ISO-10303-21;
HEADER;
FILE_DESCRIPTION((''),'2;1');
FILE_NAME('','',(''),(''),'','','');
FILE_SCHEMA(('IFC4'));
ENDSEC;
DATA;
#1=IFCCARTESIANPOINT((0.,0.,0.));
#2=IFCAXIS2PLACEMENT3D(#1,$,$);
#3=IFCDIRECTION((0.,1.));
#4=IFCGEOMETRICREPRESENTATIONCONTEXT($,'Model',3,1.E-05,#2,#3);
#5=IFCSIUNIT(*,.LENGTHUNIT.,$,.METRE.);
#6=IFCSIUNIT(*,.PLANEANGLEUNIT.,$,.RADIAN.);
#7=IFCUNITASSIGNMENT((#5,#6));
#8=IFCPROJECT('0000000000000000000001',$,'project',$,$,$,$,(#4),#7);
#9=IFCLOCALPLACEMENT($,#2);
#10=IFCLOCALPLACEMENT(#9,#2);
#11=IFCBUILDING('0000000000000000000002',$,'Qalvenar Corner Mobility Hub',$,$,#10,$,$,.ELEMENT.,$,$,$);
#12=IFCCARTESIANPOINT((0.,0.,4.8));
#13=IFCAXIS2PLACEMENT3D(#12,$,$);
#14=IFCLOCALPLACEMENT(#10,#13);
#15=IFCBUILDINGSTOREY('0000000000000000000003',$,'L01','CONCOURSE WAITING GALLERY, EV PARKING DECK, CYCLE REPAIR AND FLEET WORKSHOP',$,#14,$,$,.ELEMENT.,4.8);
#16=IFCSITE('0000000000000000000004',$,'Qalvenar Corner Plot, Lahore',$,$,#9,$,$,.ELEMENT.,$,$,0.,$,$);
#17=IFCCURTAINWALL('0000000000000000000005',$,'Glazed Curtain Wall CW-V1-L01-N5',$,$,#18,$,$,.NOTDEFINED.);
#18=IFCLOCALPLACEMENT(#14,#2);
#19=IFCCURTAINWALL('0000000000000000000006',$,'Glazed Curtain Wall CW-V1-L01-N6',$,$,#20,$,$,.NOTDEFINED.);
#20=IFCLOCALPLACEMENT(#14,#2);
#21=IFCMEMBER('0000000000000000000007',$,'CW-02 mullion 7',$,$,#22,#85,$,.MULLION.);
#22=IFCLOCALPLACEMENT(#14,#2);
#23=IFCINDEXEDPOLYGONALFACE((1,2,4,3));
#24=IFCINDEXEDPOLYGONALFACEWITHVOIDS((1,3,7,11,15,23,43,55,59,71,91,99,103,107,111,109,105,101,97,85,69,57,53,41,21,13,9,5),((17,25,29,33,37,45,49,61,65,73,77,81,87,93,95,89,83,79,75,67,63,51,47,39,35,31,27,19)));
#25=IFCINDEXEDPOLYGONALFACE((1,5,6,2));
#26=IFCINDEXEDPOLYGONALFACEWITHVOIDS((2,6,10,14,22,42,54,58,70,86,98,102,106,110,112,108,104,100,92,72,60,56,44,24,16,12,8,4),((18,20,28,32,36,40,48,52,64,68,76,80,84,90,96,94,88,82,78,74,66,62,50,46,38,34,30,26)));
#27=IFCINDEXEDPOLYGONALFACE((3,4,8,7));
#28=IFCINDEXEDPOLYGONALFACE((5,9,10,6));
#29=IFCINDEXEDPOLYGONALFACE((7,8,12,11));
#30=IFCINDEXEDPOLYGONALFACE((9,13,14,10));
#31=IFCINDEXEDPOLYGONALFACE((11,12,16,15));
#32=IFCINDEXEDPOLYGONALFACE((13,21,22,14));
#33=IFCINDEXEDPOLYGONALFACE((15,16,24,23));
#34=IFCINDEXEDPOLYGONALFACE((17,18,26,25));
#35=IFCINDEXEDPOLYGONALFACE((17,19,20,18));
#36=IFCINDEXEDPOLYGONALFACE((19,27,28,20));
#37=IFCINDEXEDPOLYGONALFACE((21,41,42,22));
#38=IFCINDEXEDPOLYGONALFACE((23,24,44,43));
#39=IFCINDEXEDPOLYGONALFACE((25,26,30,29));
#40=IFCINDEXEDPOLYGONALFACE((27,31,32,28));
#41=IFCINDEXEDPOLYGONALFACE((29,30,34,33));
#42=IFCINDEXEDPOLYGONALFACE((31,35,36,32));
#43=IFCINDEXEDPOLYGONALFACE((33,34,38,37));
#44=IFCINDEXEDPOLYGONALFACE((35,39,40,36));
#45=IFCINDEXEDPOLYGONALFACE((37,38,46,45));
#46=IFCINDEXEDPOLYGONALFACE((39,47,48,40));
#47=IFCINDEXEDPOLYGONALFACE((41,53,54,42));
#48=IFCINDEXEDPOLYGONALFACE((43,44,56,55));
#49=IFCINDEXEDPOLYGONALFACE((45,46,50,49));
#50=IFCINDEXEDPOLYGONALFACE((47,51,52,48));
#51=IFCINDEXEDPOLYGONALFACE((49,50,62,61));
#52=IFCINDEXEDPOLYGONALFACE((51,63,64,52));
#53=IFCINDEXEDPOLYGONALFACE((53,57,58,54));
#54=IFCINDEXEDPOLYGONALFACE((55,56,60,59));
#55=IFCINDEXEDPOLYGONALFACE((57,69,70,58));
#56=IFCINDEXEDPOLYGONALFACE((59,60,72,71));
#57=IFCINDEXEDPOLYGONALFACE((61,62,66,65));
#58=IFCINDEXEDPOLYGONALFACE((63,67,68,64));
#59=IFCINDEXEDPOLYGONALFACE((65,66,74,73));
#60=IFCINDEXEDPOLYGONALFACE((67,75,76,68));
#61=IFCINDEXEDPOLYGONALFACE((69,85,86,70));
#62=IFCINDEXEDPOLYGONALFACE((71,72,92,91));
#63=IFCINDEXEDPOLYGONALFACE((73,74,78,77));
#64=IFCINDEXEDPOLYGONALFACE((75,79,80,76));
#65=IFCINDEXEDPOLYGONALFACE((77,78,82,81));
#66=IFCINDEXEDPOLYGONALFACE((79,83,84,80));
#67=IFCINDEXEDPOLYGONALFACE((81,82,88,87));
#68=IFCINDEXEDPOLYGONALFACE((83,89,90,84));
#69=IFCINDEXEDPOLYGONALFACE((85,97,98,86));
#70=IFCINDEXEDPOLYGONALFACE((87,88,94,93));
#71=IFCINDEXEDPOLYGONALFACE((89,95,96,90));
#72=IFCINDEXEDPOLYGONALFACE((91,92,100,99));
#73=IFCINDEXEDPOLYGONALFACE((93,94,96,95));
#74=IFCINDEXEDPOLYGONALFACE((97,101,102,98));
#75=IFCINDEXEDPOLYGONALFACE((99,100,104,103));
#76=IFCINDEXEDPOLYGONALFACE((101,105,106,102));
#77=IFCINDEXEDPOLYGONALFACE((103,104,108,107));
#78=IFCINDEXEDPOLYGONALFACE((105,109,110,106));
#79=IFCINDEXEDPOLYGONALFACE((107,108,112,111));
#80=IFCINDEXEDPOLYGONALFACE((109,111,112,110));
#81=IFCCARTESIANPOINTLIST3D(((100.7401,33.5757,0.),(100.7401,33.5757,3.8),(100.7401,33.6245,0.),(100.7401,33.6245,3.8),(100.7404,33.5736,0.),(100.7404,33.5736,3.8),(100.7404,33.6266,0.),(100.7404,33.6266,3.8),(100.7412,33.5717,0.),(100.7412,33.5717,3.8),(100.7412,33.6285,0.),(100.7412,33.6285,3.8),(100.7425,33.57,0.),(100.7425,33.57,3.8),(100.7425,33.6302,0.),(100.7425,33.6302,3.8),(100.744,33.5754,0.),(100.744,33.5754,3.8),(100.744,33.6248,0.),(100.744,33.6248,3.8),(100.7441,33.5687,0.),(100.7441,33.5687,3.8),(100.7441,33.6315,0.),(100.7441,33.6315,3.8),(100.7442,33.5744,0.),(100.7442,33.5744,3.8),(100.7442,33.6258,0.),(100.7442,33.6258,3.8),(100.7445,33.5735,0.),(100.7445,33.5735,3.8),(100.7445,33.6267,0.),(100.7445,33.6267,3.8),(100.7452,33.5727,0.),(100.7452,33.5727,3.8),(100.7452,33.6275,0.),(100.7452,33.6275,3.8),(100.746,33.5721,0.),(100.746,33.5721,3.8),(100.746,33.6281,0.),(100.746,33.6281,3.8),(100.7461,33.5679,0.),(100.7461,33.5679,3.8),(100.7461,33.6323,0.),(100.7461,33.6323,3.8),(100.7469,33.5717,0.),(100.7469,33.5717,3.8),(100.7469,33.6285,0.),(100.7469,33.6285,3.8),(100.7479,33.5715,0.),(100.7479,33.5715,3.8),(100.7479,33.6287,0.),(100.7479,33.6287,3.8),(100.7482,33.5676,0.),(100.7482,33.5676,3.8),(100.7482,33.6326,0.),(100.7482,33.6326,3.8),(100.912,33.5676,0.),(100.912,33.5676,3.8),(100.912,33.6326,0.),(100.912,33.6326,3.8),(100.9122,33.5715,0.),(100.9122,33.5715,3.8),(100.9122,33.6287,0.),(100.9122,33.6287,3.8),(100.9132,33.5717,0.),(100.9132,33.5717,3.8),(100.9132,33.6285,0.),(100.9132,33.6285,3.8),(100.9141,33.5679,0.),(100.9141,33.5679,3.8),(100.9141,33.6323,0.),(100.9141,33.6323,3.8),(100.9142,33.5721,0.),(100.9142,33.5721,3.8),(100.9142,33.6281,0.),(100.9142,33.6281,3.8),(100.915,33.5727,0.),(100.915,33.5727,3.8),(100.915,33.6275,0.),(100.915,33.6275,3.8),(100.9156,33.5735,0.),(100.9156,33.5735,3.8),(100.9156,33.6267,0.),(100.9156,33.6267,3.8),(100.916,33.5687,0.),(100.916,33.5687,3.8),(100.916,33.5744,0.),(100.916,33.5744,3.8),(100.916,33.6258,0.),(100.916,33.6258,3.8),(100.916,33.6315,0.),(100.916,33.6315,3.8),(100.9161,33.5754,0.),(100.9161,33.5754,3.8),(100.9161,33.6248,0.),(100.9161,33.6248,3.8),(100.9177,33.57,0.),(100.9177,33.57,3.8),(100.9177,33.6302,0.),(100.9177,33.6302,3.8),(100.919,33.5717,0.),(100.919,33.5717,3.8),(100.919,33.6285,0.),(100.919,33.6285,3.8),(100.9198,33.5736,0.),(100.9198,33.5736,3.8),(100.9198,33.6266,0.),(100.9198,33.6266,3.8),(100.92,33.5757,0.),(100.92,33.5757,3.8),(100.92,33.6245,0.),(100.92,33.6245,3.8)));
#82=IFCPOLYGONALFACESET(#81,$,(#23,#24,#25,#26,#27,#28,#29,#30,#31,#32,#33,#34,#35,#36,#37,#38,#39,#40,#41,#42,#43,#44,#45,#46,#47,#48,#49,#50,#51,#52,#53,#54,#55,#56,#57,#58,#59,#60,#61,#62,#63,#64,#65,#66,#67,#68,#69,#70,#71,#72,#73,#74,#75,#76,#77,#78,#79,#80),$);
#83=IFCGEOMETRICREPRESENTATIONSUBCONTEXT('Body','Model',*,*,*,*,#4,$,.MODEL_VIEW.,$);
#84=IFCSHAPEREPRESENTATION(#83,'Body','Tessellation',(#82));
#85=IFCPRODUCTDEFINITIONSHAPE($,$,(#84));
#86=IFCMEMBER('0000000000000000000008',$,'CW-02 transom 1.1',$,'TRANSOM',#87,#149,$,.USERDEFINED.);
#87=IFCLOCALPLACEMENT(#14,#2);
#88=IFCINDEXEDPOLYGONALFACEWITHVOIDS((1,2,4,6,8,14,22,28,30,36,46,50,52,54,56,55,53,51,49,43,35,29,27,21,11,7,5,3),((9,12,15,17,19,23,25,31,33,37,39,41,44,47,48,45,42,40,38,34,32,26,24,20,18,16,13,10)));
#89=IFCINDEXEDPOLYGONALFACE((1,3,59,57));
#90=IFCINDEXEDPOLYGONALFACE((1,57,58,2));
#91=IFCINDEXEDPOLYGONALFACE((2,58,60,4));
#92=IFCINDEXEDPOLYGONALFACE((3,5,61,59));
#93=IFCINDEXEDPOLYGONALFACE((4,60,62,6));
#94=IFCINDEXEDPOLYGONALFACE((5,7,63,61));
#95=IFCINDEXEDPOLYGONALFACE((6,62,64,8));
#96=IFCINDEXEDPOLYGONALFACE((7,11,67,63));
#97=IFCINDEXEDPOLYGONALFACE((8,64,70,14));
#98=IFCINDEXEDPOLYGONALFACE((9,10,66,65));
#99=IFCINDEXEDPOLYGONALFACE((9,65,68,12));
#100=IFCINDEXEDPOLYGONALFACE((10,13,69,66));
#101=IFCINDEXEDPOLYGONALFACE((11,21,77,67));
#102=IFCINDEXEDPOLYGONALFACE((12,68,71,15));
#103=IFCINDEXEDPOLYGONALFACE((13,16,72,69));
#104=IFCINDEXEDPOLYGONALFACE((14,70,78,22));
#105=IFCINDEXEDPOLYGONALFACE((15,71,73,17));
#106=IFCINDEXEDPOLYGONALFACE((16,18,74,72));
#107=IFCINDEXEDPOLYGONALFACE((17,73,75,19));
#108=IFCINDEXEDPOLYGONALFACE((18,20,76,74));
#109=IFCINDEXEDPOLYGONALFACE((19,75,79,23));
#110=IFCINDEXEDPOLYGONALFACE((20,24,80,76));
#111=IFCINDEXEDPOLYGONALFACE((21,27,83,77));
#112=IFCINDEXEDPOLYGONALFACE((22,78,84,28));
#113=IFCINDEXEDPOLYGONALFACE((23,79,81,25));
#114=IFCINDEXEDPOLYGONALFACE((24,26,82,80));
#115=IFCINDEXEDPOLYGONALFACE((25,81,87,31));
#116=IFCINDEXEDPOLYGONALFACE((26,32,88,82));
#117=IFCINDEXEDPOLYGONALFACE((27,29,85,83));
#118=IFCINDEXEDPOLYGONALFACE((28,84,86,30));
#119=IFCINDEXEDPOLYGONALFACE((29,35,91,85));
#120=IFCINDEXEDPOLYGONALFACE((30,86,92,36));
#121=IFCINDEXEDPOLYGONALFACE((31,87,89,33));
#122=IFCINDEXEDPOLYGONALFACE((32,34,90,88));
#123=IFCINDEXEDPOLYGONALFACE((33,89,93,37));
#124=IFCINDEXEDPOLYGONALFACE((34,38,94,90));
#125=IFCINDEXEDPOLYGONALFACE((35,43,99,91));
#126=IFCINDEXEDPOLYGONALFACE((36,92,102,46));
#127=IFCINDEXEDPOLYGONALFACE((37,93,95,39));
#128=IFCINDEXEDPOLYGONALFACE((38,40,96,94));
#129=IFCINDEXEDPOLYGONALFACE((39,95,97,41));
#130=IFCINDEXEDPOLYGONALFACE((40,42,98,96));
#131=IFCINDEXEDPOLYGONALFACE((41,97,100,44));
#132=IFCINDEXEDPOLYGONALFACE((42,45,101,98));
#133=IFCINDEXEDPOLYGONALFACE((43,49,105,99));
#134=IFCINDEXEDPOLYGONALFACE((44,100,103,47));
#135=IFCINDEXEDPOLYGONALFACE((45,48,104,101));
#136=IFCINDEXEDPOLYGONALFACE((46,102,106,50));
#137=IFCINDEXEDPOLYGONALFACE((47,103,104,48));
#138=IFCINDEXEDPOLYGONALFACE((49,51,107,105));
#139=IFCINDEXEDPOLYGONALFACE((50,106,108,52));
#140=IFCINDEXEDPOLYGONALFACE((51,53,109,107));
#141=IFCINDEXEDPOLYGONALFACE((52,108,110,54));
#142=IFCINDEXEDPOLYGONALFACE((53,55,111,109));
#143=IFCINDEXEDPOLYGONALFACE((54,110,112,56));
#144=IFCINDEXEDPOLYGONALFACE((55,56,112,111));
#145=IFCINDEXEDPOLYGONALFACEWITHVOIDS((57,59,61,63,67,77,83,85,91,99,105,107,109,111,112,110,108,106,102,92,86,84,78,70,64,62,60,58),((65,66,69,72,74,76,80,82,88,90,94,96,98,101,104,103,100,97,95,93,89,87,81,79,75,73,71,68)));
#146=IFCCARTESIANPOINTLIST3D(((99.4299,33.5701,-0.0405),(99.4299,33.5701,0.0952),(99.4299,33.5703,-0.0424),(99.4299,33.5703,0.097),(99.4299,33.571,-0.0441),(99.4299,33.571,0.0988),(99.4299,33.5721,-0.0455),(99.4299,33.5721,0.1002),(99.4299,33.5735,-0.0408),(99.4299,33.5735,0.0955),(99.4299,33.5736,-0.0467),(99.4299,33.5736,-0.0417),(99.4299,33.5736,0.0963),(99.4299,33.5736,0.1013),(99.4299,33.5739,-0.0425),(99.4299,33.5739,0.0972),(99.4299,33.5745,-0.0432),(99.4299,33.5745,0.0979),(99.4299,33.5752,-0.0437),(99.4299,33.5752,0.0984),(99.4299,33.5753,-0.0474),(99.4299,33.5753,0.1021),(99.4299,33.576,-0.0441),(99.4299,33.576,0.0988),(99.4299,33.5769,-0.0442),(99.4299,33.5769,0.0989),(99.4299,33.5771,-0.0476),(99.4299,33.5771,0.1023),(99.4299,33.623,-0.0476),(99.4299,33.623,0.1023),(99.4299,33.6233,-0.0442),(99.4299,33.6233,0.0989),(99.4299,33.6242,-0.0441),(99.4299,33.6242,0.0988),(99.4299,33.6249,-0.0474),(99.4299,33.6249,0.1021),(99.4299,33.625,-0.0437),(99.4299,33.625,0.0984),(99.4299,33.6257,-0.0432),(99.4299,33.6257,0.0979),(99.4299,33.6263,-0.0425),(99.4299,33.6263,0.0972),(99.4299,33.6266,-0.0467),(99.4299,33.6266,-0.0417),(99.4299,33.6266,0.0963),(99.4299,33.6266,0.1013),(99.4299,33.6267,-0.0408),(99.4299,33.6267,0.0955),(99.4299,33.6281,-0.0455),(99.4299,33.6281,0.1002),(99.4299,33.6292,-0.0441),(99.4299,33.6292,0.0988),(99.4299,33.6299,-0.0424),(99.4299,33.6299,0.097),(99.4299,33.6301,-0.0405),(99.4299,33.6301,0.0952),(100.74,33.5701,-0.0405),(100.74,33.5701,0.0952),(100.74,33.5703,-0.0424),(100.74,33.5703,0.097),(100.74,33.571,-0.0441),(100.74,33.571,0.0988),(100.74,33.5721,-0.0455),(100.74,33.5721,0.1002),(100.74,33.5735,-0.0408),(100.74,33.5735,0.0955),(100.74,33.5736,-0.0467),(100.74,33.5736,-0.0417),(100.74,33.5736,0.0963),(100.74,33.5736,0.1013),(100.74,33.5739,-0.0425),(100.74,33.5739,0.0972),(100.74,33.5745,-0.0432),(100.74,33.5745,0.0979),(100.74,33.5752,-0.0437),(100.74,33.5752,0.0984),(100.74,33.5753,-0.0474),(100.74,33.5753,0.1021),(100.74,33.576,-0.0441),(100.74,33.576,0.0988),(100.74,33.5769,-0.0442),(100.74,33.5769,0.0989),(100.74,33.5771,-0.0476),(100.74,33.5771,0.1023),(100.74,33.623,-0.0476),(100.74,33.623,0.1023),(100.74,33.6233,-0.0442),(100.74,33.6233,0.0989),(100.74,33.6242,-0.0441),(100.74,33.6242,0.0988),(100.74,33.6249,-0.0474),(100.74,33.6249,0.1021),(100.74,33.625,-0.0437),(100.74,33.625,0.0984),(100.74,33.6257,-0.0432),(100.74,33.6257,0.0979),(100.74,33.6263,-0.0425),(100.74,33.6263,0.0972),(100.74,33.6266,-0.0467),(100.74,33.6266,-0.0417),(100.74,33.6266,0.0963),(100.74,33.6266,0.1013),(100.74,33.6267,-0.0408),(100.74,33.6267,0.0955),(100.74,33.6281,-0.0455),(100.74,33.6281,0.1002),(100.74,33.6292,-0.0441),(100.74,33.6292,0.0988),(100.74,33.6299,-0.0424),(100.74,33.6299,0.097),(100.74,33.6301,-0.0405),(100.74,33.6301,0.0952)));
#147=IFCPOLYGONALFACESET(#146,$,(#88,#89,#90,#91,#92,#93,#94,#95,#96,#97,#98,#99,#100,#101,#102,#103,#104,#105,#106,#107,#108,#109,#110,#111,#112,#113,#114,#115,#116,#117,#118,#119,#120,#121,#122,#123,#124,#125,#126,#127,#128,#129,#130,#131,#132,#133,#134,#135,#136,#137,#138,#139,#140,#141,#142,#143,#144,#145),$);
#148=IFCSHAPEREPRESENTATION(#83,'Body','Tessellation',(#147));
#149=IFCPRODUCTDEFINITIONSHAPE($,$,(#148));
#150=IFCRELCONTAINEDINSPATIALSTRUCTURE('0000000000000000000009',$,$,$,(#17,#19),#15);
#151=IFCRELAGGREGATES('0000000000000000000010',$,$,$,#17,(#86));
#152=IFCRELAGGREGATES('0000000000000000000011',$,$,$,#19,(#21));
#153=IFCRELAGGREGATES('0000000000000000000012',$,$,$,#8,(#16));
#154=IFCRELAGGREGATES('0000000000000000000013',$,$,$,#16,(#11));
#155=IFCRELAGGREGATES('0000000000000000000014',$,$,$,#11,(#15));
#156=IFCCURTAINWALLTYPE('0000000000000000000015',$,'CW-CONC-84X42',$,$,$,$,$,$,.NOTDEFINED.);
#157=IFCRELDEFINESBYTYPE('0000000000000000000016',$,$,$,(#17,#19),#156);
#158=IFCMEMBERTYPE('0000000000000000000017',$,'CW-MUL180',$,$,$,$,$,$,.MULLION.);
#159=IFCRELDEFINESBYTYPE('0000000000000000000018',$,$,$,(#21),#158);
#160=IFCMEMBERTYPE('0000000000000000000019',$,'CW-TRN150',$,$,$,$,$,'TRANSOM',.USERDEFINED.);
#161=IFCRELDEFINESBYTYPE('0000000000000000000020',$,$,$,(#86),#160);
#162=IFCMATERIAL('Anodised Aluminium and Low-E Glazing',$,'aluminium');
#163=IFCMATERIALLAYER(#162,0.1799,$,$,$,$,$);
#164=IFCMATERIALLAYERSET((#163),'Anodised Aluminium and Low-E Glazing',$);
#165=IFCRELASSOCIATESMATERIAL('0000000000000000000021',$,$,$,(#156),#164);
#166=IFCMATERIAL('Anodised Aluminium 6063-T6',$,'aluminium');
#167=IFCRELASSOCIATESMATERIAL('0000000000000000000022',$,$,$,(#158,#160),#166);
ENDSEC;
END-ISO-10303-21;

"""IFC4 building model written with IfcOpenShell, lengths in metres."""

from ifc_helpers import new_model, si_unit, direction, frame, origin, origin_2d, place, context, subcontext, project, spatial, hollow_rectangle, extrude, material, layer, layer_set, material_profile, profile_set, type_object, element, aggregate, save


model = new_model("IFC4")

# Units and contexts
model_context = context("Model", 3, precision=1e-05, world=origin(), true_north=direction((0.0, 1.0)))
body_context = subcontext(model_context, "Body", "Model", "MODEL_VIEW")
ifc_project = project(units=[si_unit("LENGTHUNIT", "METRE"), si_unit("PLANEANGLEUNIT", "RADIAN")], contexts=[model_context])

# Site, building, storey
site_placement = place(None, origin())
site = spatial("IfcSite", under=ifc_project, at=site_placement, Name="Qalvenar Corner Plot, Lahore", CompositionType="ELEMENT", RefElevation=0.0)
building_placement = place(site_placement, origin())
building = spatial("IfcBuilding", under=site, at=building_placement, Name="Qalvenar Corner Mobility Hub", CompositionType="ELEMENT")
storey_placement = place(building_placement, frame((0.0, 0.0, 4.8)))
storey = spatial("IfcBuildingStorey", under=building, at=storey_placement, Name="L01", Description="CONCOURSE WAITING GALLERY, EV PARKING DECK, CYCLE REPAIR AND FLEET WORKSHOP", CompositionType="ELEMENT", Elevation=4.8)

# Curtain wall
ifc_material_1 = material(Name="Anodised Aluminium and Low-E Glazing", Category="aluminium")
ifc_layer_1 = layer(ifc_material_1, 0.1799)
ifc_layer_set_1 = layer_set([ifc_layer_1], Name="Anodised Aluminium and Low-E Glazing")
curtain_wall_type = type_object("IfcCurtainWallType", Name="CW-CONC-84X42", PredefinedType="NOTDEFINED", material=ifc_layer_set_1)
curtain_wall_1_placement = place(storey_placement, origin())
curtain_wall_1 = element("IfcCurtainWall", 1, at=curtain_wall_1_placement, inside=storey, type_object=curtain_wall_type, Name="Glazed Curtain Wall CW-V1-L01-N5", PredefinedType="NOTDEFINED")
ifc_material_2 = material(Name="Anodised Aluminium 6063-T6", Category="aluminium")
ifc_material_profile_1 = material_profile(ifc_material_2, hollow_rectangle(XDim=0.0649, YDim=0.1799, WallThickness=0.0039, InnerFilletRadius=0.0039, OuterFilletRadius=0.0081, at=origin_2d()), Name="RHS180x65x4")
ifc_profile_set_1 = profile_set([ifc_material_profile_1], Name="Anodised Aluminium 6063-T6")
member_type_1 = type_object("IfcMemberType", Name="CW-MUL180", PredefinedType="MULLION", material=ifc_profile_set_1)

# Curtain wall, member
curtain_wall_2_placement = place(storey_placement, origin())
curtain_wall_2 = element("IfcCurtainWall", 2, at=curtain_wall_2_placement, inside=storey, type_object=curtain_wall_type, Name="Glazed Curtain Wall CW-V1-L01-N6", PredefinedType="NOTDEFINED")
member_1_placement = place(storey_placement, frame((100.8301, 33.6001, 0.0), z_axis=(0.0, 0.0, 1.0), x_axis=(0.0, -1.0, 0.0)))
member_1 = element("IfcMember", 3, at=member_1_placement, type_object=member_type_1, Name="CW-02 mullion 7", PredefinedType="MULLION", context=body_context, shape_type="SweptSolid", body=[
    extrude(hollow_rectangle(XDim=0.0649, YDim=0.1799, WallThickness=0.0039, InnerFilletRadius=0.0039, OuterFilletRadius=0.0081, at=origin_2d()), origin(), (0.0, 0.0, 1.0), 3.8),
])

# Member
ifc_material_profile_2 = material_profile(ifc_material_2, hollow_rectangle(XDim=0.0601, YDim=0.1499, WallThickness=0.0034, InnerFilletRadius=0.0034, OuterFilletRadius=0.0071, at=origin_2d()), Name="RHS150x60x3.5")
ifc_profile_set_2 = profile_set([ifc_material_profile_2], Name="Anodised Aluminium 6063-T6")
member_type_2 = type_object("IfcMemberType", Name="CW-TRN150", ElementType="TRANSOM", PredefinedType="USERDEFINED", material=ifc_profile_set_2)
member_2_placement = place(storey_placement, frame((100.74, 33.6001, 0.0273), z_axis=(-1.0, 0.0, 0.0), x_axis=(0.0, -1.0, 0.0)))
member_2 = element("IfcMember", 4, at=member_2_placement, type_object=member_type_2, Name="CW-02 transom 1.1", ObjectType="TRANSOM", PredefinedType="USERDEFINED", context=body_context, shape_type="SweptSolid", body=[
    extrude(hollow_rectangle(XDim=0.0601, YDim=0.1499, WallThickness=0.0034, InnerFilletRadius=0.0034, OuterFilletRadius=0.0071, at=origin_2d()), origin(), (0.0, 0.0, 1.0), 1.3101),
])

aggregate(curtain_wall_1, [member_2])
aggregate(curtain_wall_2, [member_1])

save(model, "model.ifc")
